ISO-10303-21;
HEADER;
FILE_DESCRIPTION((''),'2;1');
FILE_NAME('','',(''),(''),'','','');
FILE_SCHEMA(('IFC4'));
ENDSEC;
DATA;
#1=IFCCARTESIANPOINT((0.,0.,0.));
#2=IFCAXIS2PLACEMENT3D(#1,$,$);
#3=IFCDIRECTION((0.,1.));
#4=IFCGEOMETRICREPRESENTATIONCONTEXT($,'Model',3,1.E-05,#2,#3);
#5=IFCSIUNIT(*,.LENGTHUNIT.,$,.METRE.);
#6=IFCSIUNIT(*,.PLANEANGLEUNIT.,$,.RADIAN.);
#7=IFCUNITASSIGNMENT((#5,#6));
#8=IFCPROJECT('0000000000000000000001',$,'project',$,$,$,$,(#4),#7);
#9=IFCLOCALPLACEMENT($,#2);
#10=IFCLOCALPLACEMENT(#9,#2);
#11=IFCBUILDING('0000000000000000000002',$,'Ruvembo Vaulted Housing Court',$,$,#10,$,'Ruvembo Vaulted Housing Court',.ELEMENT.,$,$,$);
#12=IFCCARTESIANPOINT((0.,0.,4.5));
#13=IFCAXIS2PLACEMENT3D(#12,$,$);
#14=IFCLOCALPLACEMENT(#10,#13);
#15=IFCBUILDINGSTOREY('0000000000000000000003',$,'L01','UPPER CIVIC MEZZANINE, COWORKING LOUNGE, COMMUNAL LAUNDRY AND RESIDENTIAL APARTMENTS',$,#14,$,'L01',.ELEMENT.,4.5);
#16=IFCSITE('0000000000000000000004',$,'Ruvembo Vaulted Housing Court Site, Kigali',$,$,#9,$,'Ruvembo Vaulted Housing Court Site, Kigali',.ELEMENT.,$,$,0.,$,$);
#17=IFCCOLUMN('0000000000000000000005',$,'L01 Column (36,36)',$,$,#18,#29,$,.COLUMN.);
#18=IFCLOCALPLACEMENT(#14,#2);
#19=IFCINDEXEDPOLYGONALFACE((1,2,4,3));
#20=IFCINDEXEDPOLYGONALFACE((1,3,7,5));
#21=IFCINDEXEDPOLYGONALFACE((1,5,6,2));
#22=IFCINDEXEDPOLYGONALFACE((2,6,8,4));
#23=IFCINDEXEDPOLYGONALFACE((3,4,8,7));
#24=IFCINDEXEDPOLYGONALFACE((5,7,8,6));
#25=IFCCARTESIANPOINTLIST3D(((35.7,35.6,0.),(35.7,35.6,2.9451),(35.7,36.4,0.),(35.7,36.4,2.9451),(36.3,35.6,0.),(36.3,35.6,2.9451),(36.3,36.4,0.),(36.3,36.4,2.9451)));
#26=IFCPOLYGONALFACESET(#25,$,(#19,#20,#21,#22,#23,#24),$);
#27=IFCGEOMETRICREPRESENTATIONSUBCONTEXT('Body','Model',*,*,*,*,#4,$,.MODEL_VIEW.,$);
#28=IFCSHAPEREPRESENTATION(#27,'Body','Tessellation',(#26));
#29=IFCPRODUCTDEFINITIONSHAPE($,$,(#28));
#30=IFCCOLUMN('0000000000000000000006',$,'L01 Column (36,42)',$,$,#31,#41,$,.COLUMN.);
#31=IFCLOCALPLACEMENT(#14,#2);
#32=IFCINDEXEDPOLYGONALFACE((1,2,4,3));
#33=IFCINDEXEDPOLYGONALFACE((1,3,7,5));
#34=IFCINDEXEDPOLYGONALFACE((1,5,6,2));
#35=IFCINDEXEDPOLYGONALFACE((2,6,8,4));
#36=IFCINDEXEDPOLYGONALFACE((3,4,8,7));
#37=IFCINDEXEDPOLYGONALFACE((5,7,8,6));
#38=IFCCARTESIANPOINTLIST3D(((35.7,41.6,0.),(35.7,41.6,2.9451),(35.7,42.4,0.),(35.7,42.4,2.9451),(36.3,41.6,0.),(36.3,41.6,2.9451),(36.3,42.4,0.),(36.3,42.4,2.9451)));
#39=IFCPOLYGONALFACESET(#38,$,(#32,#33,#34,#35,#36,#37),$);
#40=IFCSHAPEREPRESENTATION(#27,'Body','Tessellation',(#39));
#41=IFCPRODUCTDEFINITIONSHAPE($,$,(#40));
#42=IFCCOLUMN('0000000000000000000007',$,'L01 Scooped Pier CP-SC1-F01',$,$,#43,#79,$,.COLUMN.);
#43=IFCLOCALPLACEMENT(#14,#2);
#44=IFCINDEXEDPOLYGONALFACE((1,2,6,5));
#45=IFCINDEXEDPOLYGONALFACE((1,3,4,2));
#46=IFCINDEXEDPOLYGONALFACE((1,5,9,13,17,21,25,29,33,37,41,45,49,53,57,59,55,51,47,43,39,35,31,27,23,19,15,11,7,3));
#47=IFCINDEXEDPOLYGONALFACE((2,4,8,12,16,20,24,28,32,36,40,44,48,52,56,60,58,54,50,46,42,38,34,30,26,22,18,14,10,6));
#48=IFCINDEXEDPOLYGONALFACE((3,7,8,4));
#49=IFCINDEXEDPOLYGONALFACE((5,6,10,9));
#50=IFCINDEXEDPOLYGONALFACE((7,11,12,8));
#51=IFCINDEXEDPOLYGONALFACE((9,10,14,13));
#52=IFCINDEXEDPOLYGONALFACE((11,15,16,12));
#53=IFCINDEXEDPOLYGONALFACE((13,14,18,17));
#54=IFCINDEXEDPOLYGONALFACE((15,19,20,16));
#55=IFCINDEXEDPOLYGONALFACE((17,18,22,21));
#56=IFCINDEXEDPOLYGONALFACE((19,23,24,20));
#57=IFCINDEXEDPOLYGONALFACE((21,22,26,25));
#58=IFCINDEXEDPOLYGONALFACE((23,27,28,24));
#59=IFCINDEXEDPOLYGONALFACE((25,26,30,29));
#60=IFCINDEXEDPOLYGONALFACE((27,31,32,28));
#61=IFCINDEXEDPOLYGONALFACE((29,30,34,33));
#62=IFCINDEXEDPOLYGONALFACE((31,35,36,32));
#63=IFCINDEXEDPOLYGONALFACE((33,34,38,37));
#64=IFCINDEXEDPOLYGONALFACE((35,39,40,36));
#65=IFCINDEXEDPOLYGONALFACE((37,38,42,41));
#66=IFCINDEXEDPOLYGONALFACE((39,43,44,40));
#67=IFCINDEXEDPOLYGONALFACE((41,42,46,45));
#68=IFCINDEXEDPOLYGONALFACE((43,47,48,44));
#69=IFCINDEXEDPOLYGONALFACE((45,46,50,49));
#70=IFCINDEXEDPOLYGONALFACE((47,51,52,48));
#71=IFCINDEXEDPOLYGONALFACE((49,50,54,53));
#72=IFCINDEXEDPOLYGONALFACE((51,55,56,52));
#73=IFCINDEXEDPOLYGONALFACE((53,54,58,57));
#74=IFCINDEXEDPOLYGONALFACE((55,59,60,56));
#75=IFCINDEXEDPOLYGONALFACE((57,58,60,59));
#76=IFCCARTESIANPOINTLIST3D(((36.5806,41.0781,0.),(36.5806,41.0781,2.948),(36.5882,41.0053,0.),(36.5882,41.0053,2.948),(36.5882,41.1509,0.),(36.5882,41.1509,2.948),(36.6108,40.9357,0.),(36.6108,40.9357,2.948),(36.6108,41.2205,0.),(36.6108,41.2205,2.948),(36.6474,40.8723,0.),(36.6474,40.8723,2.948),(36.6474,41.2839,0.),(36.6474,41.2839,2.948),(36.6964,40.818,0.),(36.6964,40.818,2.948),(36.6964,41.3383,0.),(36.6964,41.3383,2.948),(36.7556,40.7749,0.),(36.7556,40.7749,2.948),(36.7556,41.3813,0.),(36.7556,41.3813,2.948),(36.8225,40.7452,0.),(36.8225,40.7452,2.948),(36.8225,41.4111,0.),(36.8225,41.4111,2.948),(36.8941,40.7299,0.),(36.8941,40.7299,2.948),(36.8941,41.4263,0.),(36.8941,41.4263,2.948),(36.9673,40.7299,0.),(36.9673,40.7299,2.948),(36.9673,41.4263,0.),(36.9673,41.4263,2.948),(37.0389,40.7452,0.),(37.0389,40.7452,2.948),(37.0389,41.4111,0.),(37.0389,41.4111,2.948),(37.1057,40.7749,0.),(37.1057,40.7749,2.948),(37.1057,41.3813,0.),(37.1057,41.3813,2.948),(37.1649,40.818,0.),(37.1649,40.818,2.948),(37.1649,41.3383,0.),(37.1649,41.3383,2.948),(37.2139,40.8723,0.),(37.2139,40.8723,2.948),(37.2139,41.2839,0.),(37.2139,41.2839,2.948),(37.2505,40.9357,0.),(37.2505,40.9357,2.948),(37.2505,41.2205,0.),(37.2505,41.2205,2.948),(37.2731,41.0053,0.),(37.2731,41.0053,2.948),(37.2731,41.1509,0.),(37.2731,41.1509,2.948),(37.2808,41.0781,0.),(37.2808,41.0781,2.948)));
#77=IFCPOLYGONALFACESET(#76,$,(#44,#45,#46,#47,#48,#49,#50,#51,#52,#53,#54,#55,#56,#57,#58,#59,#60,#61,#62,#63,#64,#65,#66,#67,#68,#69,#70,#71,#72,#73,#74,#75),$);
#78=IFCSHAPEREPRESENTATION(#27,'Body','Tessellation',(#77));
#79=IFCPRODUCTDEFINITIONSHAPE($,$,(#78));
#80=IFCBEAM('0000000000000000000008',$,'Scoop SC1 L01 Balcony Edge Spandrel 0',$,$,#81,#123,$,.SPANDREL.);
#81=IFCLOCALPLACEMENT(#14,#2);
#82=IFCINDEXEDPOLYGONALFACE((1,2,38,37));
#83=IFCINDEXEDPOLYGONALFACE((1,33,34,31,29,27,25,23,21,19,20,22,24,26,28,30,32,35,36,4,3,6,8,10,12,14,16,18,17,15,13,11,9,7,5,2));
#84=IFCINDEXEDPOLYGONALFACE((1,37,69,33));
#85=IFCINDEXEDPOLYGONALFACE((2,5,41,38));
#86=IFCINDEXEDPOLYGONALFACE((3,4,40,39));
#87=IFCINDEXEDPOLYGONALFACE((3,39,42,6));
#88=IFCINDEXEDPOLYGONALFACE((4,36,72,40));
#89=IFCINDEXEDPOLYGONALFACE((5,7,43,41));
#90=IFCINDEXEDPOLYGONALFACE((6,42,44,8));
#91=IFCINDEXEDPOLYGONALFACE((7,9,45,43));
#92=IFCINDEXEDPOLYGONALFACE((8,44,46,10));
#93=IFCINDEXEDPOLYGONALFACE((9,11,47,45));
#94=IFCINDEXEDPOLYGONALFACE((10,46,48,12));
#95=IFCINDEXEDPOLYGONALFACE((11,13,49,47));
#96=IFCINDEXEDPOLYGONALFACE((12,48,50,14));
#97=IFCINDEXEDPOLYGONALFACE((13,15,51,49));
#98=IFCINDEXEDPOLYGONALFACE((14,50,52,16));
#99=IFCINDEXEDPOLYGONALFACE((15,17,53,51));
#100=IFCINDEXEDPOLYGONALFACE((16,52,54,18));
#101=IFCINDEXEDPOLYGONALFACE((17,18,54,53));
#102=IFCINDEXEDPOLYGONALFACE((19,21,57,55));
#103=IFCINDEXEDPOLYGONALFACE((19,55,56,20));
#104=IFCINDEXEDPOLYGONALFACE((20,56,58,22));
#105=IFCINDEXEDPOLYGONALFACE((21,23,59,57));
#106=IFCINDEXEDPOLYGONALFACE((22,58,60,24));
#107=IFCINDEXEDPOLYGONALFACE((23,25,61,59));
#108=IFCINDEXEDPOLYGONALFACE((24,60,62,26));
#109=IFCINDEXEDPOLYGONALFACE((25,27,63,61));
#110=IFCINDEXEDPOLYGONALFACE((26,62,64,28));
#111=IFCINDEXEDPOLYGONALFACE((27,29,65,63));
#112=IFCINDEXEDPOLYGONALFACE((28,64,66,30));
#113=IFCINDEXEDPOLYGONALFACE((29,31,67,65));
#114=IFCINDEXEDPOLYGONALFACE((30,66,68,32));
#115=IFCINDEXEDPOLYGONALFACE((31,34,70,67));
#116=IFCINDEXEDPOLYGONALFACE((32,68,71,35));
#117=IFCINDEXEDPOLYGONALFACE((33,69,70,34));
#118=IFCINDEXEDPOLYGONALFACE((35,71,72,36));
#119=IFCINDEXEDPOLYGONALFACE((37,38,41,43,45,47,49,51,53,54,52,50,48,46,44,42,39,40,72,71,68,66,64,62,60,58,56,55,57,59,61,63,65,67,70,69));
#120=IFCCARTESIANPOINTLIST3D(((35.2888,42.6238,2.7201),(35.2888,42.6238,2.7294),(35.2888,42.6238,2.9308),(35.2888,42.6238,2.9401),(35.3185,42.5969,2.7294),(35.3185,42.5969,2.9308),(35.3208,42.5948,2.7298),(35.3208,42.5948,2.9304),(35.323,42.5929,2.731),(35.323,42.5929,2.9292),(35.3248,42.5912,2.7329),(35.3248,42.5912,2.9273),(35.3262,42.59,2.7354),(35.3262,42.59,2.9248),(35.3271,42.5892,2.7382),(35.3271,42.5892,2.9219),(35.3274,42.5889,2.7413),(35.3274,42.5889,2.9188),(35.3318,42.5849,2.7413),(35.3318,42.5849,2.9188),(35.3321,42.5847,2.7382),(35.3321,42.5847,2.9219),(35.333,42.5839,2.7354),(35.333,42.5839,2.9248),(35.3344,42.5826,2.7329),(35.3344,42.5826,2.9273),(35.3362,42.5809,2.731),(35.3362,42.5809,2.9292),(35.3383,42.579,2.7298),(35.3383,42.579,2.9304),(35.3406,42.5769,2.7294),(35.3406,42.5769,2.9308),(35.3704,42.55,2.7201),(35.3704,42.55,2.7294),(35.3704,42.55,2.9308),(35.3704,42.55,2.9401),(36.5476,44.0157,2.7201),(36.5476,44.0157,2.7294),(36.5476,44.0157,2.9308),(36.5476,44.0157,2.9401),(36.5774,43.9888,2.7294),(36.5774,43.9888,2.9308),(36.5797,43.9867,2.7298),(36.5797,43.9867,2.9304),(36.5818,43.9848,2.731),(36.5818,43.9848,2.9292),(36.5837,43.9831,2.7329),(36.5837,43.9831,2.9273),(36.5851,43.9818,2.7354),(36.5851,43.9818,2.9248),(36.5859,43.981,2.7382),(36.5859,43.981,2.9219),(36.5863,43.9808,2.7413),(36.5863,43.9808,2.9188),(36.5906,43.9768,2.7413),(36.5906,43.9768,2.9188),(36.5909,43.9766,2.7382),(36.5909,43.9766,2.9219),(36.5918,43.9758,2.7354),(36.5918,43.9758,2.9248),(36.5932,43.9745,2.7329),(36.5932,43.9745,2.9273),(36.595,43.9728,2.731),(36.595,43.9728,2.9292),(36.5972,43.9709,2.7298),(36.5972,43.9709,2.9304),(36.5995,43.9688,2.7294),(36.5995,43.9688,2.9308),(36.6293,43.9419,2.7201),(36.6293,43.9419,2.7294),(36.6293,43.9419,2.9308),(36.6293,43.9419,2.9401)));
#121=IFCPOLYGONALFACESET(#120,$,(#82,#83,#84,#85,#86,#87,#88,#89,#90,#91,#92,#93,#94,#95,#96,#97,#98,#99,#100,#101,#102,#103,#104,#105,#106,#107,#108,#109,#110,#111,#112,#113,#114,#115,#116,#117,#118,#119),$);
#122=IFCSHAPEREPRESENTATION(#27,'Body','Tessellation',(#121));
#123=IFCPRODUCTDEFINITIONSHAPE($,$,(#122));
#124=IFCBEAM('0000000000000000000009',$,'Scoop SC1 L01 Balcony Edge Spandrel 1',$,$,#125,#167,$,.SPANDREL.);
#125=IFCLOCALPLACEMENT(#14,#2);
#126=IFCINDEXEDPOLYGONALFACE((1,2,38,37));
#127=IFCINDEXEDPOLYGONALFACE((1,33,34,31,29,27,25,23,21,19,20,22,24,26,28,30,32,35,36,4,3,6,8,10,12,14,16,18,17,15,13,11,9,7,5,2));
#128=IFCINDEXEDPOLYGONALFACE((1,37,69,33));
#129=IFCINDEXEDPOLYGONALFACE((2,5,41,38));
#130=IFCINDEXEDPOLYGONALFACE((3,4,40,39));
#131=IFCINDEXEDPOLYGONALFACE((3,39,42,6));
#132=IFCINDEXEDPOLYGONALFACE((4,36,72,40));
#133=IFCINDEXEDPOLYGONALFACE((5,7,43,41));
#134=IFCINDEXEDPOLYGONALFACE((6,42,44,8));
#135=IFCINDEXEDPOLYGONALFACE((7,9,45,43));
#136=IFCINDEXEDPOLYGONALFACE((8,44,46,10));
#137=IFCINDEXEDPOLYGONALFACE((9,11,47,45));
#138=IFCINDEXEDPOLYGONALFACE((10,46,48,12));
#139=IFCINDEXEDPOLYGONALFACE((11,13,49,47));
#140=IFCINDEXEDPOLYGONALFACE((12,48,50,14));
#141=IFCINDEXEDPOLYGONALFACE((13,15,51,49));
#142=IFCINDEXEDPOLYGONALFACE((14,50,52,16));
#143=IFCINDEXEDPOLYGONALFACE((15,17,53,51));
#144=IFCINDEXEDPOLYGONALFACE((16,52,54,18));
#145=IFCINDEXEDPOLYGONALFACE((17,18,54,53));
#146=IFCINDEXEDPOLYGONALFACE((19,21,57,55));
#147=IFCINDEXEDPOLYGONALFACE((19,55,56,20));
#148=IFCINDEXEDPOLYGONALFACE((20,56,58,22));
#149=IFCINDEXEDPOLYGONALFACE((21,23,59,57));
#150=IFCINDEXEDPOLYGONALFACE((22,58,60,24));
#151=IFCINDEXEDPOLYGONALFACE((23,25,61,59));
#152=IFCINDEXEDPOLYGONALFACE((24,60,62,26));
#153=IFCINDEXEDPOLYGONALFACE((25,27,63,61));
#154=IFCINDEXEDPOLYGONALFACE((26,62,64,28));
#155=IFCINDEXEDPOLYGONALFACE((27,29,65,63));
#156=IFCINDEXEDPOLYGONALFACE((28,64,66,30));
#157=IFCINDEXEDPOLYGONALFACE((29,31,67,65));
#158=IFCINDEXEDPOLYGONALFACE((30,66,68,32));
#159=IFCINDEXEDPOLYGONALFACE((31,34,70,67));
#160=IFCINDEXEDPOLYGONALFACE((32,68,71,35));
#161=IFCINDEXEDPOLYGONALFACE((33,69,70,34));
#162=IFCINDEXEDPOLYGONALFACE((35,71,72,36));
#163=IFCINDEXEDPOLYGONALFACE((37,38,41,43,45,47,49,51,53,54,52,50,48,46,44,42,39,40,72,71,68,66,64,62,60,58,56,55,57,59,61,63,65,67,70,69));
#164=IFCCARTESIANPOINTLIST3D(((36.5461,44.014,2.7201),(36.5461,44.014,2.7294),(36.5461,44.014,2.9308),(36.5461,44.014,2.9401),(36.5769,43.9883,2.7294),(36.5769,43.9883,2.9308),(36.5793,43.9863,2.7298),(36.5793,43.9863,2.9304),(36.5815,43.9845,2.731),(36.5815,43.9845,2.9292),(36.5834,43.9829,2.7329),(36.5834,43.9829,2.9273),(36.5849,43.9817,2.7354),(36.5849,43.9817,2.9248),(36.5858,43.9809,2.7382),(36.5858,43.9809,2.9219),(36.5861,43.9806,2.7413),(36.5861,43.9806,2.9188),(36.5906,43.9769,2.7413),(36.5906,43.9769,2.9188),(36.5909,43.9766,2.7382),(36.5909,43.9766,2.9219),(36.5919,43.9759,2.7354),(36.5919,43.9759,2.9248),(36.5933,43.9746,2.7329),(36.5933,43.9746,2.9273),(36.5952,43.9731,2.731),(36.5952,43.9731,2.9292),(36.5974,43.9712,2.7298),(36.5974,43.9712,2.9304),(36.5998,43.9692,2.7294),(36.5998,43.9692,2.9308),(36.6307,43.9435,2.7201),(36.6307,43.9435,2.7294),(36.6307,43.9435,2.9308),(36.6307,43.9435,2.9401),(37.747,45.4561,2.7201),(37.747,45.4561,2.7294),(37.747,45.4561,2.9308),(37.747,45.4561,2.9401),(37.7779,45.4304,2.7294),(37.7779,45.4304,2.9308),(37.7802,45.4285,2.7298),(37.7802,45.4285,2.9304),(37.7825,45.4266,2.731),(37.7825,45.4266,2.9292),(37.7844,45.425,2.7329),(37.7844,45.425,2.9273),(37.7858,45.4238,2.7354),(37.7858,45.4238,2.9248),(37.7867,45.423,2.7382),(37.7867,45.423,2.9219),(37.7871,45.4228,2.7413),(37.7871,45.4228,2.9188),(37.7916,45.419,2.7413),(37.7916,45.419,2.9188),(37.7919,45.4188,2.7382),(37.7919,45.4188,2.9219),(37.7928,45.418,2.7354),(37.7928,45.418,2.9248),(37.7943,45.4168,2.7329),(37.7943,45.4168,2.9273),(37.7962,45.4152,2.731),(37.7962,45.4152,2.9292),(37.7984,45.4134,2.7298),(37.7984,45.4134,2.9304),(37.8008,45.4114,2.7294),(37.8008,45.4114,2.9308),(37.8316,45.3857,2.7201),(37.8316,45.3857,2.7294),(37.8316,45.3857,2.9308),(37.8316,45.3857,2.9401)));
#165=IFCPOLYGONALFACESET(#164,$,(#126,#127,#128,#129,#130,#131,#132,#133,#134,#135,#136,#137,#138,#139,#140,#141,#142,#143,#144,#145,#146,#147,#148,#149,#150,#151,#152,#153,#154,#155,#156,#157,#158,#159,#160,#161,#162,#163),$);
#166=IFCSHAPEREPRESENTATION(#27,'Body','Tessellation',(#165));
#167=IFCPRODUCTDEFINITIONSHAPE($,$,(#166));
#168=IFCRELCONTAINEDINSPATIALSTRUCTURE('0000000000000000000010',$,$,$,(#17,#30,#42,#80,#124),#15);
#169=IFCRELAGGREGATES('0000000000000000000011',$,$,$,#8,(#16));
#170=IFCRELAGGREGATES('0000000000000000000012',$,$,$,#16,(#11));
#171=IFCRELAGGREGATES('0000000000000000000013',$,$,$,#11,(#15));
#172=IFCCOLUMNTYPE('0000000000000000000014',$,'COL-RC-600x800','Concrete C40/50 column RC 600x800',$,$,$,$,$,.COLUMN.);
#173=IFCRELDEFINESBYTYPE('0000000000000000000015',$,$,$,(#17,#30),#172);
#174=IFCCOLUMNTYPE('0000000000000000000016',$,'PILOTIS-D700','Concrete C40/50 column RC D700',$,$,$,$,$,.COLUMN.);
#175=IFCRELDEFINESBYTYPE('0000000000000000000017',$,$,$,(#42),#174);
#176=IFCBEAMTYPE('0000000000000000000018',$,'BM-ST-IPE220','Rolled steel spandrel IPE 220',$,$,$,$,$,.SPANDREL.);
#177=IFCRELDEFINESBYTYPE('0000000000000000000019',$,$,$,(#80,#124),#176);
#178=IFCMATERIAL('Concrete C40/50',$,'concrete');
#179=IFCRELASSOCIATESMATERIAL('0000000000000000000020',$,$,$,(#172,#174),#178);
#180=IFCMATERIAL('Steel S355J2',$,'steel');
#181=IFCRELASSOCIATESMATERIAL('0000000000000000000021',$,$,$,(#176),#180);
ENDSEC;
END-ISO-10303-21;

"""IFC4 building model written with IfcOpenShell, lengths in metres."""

from ifc_helpers import new_model, si_unit, direction, frame, origin, origin_2d, place, context, subcontext, project, spatial, rectangle, circle, i_section, extrude, material, material_profile, profile_set, type_object, element, save


model = new_model("IFC4")

# Units and contexts
model_context = context("Model", 3, precision=1e-05, world=origin(), true_north=direction((0.0, 1.0)))
body_context = subcontext(model_context, "Body", "Model", "MODEL_VIEW")
ifc_project = project(units=[si_unit("LENGTHUNIT", "METRE"), si_unit("PLANEANGLEUNIT", "RADIAN")], contexts=[model_context])

# Site, building, storey
site_placement = place(None, origin())
site = spatial("IfcSite", under=ifc_project, at=site_placement, Name="Ruvembo Vaulted Housing Court Site, Kigali", LongName="Ruvembo Vaulted Housing Court Site, Kigali", CompositionType="ELEMENT", RefElevation=0.0)
building_placement = place(site_placement, origin())
building = spatial("IfcBuilding", under=site, at=building_placement, Name="Ruvembo Vaulted Housing Court", LongName="Ruvembo Vaulted Housing Court", CompositionType="ELEMENT")
storey_placement = place(building_placement, frame((0.0, 0.0, 4.5)))
storey = spatial("IfcBuildingStorey", under=building, at=storey_placement, Name="L01", Description="UPPER CIVIC MEZZANINE, COWORKING LOUNGE, COMMUNAL LAUNDRY AND RESIDENTIAL APARTMENTS", LongName="L01", CompositionType="ELEMENT", Elevation=4.5)

# Columns
ifc_material_1 = material(Name="Concrete C40/50", Category="concrete")
ifc_material_profile_1 = material_profile(ifc_material_1, rectangle(XDim=0.6001, YDim=0.8, at=origin_2d()), Name="RC 600x800")
ifc_profile_set_1 = profile_set([ifc_material_profile_1], Name="Concrete C40/50")
column_type_1 = type_object("IfcColumnType", Name="COL-RC-600x800", Description="Concrete C40/50 column RC 600x800", PredefinedType="COLUMN", material=ifc_profile_set_1)
for number, where, z_axis, x_axis, name in (
    (1, (36.0, 36.0, 0.0), (0.0, 0.0, 1.0), (1.0, 0.0, 0.0), "L01 Column (36,36)"),
    (2, (36.0, 42.0, 0.0), (0.0, 0.0, 1.0), (1.0, 0.0, 0.0), "L01 Column (36,42)"),
):
    element("IfcColumn", number, at=place(storey_placement, frame(where, z_axis=z_axis, x_axis=x_axis)), inside=storey, type_object=column_type_1, Name=name, PredefinedType="COLUMN", context=body_context, shape_type="SweptSolid", body=[
        extrude(rectangle(XDim=0.6001, YDim=0.8, at=origin_2d()), origin(), (0.0, 0.0, 1.0), 2.9451),
    ])
ifc_material_profile_2 = material_profile(ifc_material_1, circle(Radius=0.3501, at=origin_2d()), Name="RC D700")
ifc_profile_set_2 = profile_set([ifc_material_profile_2], Name="Concrete C40/50")
column_type_2 = type_object("IfcColumnType", Name="PILOTIS-D700", Description="Concrete C40/50 column RC D700", PredefinedType="COLUMN", material=ifc_profile_set_2)
column_placement = place(storey_placement, frame((36.9307, 41.0781, 0.0), z_axis=(0.0, 0.0, 1.0), x_axis=(1.0, 0.0, 0.0)))
element("IfcColumn", 3, at=column_placement, inside=storey, type_object=column_type_2, Name="L01 Scooped Pier CP-SC1-F01", PredefinedType="COLUMN", context=body_context, shape_type="SweptSolid", body=[
    extrude(circle(Radius=0.3501, at=origin_2d()), origin(), (0.0, 0.0, 1.0), 2.948),
])

# Beams
ifc_material_2 = material(Name="Steel S355J2", Category="steel")
ifc_material_profile_3 = material_profile(ifc_material_2, i_section(OverallWidth=0.1101, OverallDepth=0.22, WebThickness=0.0059, FlangeThickness=0.0093, FilletRadius=0.012, at=origin_2d()), Name="IPE 220")
ifc_profile_set_3 = profile_set([ifc_material_profile_3], Name="Steel S355J2")
beam_type_1 = type_object("IfcBeamType", Name="BM-ST-IPE220", Description="Rolled steel spandrel IPE 220", PredefinedType="SPANDREL", material=ifc_profile_set_3)
for number, where, z_axis, x_axis, name in (
    (4, (35.3296, 42.5869, 2.8301), (0.670767, 0.741668, 0.0), (-0.741668, 0.670767, 0.0), "Scoop SC1 L01 Balcony Edge Spandrel 0"),
    (5, (36.5884, 43.9788, 2.8301), (0.639916, 0.768445, 0.0), (-0.768445, 0.639916, 0.0), "Scoop SC1 L01 Balcony Edge Spandrel 1"),
):
    element("IfcBeam", number, at=place(storey_placement, frame(where, z_axis=z_axis, x_axis=x_axis)), inside=storey, type_object=beam_type_1, Name=name, PredefinedType="SPANDREL", context=body_context, shape_type="SweptSolid", body=[
        extrude(i_section(OverallWidth=0.1101, OverallDepth=0.22, WebThickness=0.0059, FlangeThickness=0.0093, FilletRadius=0.012, at=origin_2d()), origin(), (0.0, 0.0, 1.0), 1.8767),
    ])

save(model, "model.ifc")
